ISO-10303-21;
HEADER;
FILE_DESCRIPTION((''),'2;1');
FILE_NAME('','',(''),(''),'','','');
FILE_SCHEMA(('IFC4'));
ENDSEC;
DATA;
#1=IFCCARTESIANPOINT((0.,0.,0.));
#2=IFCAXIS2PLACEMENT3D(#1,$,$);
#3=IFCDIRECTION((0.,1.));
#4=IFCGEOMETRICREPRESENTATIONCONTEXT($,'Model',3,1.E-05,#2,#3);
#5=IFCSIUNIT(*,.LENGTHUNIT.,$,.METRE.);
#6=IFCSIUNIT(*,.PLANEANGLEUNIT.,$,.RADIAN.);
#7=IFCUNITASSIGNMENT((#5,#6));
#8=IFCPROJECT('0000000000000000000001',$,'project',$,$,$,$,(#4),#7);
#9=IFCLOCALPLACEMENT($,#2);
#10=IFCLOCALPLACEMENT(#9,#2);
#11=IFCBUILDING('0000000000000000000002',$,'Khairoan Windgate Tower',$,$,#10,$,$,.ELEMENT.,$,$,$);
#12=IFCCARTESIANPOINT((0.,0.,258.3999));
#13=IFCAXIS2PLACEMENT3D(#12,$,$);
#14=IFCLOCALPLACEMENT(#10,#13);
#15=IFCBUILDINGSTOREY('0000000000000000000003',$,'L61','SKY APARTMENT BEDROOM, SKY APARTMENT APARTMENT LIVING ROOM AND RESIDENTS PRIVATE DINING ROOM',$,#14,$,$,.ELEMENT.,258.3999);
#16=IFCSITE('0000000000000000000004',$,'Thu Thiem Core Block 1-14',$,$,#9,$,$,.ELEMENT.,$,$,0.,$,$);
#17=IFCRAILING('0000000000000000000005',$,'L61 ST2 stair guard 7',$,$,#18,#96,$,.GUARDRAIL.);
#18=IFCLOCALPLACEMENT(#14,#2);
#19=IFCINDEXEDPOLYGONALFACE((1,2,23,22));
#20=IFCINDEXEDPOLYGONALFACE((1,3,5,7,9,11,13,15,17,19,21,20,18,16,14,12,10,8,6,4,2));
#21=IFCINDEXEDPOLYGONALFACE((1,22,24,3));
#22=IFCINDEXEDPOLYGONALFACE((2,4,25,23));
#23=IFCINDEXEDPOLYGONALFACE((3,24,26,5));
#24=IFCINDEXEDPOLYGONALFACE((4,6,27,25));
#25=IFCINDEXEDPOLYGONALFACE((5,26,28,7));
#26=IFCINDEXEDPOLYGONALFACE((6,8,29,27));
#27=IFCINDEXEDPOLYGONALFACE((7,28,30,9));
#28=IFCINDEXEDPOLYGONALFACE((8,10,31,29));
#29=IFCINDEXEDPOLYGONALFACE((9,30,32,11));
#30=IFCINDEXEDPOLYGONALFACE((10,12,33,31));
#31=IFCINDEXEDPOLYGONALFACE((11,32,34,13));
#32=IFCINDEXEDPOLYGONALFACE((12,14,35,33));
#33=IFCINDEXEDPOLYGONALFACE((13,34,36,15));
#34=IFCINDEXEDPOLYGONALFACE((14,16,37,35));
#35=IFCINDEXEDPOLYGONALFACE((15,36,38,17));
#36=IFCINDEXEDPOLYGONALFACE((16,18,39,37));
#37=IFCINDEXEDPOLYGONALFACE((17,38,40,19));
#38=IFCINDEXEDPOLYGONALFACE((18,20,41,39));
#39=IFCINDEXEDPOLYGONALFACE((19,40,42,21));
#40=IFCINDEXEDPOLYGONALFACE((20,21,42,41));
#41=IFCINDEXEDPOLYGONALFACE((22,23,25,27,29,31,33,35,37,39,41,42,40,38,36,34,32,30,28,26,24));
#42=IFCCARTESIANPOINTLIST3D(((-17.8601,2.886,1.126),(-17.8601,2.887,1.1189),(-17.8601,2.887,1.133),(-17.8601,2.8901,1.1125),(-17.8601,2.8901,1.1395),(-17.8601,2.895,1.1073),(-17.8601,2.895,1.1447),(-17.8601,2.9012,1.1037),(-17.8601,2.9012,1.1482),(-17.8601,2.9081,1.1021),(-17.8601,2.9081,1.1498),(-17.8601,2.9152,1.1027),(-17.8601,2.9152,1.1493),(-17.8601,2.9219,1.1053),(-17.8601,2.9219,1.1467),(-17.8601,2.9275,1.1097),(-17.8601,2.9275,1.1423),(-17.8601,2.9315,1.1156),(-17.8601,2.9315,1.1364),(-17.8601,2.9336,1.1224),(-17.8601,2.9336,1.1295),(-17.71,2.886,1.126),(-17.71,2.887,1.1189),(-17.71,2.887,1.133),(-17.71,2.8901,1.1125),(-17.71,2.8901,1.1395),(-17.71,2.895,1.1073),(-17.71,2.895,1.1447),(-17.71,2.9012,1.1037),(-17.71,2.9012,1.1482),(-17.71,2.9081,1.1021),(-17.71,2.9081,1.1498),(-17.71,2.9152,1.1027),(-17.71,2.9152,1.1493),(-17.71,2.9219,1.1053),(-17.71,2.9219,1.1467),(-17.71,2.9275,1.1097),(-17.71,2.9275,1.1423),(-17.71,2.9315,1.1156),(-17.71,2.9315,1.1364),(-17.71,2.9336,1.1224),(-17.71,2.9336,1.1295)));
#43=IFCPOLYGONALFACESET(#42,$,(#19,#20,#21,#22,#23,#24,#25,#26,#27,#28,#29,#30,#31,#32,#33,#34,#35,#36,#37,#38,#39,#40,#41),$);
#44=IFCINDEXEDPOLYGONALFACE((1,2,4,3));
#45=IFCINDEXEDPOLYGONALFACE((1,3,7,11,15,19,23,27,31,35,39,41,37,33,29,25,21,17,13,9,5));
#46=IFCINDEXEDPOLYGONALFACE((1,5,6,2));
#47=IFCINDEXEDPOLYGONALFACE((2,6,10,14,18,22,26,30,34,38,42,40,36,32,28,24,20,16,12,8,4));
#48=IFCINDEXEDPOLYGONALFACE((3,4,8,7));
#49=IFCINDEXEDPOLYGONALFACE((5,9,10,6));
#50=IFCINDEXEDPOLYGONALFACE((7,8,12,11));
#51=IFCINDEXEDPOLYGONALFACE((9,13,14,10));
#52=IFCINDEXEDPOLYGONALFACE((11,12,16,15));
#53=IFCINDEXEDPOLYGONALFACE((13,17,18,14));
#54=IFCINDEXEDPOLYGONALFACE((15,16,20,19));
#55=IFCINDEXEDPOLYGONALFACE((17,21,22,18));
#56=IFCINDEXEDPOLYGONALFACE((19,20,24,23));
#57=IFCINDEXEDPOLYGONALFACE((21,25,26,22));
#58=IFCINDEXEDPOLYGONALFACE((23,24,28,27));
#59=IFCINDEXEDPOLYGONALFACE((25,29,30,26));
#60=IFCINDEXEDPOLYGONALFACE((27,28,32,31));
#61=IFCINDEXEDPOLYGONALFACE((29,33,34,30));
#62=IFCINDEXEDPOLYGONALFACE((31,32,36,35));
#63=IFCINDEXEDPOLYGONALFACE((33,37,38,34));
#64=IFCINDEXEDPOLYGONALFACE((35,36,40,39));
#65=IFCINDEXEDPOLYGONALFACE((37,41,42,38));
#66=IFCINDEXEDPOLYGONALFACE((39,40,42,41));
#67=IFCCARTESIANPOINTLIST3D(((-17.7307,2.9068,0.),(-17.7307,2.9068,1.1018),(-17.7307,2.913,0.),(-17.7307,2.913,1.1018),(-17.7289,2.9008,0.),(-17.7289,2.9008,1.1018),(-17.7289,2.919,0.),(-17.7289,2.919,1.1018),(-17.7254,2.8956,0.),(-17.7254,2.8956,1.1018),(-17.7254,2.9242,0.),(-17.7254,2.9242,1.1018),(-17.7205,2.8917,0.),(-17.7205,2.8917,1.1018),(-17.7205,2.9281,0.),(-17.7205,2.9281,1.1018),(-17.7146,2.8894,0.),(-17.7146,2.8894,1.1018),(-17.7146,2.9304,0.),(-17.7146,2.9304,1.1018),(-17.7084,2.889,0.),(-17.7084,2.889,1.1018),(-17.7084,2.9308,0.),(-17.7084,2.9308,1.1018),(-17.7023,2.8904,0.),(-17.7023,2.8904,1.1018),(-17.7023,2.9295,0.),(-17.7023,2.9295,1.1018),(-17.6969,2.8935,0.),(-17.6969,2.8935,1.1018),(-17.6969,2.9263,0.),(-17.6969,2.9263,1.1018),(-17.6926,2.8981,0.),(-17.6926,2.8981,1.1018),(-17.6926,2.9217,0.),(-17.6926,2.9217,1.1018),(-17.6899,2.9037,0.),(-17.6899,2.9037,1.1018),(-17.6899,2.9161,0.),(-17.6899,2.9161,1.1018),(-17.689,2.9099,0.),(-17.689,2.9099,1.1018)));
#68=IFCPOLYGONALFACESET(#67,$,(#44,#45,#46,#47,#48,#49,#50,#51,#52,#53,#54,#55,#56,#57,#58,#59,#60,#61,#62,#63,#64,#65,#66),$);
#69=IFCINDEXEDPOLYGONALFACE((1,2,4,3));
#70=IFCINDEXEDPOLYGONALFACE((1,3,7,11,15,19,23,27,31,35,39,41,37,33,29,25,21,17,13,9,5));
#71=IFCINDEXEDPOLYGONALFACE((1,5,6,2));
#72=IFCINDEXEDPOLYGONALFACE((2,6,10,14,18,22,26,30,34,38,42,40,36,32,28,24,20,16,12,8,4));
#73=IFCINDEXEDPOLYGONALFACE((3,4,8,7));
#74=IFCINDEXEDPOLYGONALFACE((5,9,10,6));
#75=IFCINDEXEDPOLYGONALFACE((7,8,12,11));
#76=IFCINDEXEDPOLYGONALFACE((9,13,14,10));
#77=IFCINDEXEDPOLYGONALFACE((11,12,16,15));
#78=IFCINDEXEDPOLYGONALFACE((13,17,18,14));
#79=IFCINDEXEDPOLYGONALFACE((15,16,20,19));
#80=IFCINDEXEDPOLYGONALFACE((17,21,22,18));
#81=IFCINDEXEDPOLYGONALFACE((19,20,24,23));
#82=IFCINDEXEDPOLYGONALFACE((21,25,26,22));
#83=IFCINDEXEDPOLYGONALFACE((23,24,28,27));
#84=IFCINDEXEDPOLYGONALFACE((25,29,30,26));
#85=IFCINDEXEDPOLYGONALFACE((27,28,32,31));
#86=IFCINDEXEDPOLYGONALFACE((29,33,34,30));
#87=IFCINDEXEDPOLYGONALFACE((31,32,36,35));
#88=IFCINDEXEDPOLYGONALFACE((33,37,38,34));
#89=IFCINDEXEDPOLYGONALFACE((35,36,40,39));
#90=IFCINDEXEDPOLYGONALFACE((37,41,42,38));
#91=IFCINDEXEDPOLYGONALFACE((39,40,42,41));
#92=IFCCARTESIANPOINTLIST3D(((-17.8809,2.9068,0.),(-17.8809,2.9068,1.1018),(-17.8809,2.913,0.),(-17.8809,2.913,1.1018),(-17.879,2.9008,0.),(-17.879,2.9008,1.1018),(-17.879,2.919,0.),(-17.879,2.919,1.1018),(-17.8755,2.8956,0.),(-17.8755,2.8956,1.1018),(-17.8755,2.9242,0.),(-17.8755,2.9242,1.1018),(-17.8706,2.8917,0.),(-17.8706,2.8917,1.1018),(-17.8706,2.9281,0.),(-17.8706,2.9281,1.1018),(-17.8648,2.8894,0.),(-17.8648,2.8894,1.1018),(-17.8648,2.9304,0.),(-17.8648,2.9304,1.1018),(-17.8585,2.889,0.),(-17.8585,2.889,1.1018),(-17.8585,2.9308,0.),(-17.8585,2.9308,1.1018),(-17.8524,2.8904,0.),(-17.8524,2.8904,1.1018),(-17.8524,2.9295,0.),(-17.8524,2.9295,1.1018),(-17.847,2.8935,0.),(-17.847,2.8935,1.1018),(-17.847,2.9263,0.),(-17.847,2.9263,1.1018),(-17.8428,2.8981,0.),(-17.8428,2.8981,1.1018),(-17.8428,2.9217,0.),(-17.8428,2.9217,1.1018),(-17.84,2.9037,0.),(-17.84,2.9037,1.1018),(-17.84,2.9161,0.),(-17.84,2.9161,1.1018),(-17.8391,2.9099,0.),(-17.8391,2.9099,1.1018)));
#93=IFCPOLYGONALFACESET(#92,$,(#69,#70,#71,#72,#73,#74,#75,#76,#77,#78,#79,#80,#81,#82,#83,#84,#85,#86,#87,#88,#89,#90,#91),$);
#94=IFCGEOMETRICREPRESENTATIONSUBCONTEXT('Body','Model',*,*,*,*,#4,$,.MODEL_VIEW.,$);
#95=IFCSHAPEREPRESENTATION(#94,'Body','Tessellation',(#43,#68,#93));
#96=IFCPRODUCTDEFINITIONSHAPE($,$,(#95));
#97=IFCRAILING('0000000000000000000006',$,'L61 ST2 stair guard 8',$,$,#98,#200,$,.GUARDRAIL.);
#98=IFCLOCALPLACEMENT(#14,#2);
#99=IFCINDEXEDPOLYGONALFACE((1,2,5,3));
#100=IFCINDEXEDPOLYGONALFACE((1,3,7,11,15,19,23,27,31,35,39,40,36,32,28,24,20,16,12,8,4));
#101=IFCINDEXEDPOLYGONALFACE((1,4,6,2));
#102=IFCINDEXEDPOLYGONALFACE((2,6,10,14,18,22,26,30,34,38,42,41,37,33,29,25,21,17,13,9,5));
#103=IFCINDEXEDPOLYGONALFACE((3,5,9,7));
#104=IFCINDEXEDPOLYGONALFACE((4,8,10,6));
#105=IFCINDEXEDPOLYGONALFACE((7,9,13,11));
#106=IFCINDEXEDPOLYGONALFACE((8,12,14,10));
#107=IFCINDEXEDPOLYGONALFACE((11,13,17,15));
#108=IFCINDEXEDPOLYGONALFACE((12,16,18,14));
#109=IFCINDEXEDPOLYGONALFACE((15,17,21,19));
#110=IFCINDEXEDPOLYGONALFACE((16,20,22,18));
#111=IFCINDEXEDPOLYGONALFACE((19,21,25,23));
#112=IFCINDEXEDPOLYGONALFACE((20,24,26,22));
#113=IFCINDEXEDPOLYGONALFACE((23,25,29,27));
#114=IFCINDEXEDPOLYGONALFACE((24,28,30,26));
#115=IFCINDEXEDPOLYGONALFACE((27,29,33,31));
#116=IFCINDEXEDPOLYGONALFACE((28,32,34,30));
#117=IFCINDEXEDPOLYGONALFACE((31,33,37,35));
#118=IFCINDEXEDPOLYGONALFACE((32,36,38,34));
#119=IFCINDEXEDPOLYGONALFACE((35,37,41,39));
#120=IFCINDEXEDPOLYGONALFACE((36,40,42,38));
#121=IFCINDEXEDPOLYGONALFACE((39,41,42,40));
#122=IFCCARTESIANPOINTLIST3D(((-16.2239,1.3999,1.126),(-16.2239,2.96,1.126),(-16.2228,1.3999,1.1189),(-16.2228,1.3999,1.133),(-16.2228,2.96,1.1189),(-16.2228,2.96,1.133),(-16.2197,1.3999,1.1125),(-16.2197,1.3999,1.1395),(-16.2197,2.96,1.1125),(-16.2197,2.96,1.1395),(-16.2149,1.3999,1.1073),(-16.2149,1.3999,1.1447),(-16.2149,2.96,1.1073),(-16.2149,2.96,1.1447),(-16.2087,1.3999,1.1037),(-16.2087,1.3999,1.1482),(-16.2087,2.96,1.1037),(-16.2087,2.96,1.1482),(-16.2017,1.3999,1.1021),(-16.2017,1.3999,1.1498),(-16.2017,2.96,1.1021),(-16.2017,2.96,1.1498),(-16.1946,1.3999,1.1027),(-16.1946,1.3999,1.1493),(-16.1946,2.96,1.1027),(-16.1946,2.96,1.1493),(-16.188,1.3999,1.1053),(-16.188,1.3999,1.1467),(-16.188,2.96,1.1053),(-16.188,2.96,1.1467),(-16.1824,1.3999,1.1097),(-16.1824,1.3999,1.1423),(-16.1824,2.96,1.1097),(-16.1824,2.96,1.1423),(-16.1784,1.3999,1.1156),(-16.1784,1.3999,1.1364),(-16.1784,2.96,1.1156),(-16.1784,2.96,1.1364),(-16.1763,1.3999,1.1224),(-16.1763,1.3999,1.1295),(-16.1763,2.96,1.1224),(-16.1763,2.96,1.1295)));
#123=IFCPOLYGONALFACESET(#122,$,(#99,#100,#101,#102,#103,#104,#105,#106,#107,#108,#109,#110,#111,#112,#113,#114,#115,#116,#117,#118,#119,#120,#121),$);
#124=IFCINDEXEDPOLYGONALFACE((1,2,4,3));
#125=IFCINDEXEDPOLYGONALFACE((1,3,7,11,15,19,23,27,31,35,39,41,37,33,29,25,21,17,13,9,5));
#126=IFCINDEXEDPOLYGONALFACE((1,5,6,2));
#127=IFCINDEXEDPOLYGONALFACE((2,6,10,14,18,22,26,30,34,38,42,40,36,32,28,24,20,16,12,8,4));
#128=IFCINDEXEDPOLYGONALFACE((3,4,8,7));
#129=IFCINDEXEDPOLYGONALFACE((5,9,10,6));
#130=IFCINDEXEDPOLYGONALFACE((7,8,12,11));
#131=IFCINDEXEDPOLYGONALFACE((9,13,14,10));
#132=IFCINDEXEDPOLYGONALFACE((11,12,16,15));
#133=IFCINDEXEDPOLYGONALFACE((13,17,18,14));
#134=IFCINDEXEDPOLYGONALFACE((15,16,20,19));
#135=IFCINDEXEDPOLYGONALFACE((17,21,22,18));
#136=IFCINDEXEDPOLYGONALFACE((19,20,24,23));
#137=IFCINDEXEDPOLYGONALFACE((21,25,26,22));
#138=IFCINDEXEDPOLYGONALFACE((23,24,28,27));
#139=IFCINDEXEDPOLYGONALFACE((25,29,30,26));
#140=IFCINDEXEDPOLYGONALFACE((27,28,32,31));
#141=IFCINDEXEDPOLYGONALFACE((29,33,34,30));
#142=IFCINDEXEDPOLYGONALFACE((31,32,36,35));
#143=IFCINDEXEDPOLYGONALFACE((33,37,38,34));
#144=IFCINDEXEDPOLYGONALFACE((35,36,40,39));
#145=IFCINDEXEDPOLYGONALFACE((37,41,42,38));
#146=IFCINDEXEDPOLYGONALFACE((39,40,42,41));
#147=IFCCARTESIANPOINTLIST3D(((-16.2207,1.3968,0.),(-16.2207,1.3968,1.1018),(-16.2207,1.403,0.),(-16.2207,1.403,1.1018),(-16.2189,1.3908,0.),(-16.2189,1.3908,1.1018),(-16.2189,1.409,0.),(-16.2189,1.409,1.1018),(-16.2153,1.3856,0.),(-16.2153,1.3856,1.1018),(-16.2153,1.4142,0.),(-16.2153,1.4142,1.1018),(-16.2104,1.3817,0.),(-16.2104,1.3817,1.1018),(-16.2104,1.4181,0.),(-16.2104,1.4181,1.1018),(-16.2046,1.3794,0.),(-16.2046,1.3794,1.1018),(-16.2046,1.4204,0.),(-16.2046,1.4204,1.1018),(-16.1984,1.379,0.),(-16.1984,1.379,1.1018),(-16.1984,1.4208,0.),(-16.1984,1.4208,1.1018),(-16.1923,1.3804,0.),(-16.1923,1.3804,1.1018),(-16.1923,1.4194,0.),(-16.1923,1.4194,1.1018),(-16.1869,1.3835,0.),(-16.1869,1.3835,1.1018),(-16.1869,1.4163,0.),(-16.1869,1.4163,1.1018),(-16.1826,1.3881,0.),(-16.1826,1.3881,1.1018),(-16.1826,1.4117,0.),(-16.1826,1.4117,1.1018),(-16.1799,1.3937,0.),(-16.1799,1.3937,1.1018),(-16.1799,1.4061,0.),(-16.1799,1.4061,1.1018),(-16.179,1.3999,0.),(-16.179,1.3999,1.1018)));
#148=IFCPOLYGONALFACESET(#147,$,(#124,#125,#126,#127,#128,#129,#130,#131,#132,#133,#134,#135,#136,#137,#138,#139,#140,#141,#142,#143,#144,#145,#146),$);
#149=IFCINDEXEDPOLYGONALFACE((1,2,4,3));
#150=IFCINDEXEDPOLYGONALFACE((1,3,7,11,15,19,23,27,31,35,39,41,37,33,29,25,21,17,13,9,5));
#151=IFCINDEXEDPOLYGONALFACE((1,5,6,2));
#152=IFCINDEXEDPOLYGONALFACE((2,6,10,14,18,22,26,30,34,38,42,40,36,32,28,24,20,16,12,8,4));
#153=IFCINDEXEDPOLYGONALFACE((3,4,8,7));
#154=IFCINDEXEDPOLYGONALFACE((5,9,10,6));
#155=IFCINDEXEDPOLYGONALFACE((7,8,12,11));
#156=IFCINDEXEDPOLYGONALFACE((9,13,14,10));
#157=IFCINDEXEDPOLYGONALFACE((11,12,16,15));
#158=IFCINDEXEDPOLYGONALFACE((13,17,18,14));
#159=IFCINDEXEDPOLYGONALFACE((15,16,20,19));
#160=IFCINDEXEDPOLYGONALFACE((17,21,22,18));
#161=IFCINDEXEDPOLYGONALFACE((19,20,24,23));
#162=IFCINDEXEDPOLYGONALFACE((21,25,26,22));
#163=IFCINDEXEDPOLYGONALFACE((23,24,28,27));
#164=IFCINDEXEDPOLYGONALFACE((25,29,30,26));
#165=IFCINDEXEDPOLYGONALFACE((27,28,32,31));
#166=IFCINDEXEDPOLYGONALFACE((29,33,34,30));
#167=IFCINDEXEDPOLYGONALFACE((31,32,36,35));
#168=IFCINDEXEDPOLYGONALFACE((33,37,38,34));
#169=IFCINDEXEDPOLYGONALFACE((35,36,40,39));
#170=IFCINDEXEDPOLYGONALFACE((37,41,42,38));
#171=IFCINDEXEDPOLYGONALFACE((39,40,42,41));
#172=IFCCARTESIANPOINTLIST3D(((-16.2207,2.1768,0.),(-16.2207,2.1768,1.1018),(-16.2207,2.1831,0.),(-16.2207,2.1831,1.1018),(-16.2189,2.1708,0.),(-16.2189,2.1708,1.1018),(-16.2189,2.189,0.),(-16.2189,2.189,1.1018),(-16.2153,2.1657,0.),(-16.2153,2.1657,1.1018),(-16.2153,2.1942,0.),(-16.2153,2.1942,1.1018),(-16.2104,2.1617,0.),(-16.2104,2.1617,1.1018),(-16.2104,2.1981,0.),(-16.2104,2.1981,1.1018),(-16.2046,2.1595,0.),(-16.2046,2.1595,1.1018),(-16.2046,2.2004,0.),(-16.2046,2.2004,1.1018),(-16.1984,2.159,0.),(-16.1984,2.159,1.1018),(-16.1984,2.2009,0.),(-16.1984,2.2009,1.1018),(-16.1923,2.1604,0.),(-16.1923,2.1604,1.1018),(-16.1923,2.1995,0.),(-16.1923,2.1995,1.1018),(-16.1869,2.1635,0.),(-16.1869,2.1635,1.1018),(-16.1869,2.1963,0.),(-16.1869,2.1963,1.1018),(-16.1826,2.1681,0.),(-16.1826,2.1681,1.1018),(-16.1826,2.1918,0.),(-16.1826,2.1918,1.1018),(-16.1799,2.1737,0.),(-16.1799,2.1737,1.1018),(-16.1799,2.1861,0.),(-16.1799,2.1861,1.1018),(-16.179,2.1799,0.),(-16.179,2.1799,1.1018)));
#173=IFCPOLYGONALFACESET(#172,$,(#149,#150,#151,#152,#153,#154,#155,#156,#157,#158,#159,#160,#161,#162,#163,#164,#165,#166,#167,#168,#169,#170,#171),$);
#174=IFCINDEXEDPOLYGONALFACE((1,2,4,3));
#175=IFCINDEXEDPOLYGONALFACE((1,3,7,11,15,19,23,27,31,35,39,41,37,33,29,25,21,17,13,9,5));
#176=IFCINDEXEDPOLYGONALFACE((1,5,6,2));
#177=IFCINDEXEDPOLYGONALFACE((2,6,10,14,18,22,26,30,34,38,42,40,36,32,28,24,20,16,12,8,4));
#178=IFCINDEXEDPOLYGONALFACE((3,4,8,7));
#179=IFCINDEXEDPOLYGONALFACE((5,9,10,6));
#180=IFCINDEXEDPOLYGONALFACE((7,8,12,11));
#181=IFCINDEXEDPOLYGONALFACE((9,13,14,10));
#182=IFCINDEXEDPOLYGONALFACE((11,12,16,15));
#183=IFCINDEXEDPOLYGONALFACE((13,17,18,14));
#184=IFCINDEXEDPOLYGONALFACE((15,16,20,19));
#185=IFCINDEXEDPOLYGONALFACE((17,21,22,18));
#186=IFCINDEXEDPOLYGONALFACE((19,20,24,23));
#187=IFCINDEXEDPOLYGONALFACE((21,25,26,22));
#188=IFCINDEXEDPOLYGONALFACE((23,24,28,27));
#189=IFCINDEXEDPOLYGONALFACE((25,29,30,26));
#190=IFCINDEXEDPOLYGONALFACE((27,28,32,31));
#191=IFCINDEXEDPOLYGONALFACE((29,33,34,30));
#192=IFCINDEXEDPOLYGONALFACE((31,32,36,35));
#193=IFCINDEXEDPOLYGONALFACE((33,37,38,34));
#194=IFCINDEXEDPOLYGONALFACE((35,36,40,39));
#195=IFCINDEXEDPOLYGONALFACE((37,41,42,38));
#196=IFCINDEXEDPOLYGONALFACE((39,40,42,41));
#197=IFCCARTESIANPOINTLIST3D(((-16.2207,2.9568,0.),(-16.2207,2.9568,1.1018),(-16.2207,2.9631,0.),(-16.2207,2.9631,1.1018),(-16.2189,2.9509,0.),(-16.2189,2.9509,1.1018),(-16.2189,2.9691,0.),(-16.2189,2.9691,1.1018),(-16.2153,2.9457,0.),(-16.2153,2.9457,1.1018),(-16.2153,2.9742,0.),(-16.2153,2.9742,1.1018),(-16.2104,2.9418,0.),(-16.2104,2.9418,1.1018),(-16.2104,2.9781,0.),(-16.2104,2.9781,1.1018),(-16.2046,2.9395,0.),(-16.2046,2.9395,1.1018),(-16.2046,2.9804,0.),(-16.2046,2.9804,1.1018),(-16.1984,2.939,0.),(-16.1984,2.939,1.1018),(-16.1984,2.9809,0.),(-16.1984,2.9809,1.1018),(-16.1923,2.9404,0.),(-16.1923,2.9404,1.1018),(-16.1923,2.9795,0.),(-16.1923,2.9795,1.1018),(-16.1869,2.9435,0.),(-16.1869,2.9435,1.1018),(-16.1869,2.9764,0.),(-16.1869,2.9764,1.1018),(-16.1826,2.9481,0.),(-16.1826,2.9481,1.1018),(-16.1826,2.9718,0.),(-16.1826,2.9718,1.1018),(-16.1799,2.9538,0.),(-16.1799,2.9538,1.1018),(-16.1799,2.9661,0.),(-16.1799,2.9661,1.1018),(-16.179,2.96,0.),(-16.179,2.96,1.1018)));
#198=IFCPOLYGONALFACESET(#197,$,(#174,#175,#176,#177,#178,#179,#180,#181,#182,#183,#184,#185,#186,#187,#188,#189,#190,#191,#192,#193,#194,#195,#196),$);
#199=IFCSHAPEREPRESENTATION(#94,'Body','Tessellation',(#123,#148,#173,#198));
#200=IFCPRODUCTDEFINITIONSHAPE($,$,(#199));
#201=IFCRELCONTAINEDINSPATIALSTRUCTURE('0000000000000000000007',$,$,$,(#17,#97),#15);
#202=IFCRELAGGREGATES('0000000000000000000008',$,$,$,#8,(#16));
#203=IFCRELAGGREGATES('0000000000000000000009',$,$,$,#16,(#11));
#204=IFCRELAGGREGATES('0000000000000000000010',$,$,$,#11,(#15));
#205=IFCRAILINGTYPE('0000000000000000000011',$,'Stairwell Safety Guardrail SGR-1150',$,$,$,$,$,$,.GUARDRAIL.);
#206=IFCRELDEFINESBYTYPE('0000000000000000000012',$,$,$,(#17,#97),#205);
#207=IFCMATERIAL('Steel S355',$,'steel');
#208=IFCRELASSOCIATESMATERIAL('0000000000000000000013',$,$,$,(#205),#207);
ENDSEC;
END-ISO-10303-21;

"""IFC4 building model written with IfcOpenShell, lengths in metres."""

from ifc_helpers import new_model, si_unit, direction, frame, origin, origin_2d, place, context, subcontext, project, spatial, circle, extrude, material, type_object, element, save


model = new_model("IFC4")

# Units and contexts
model_context = context("Model", 3, precision=1e-05, world=origin(), true_north=direction((0.0, 1.0)))
body_context = subcontext(model_context, "Body", "Model", "MODEL_VIEW")
ifc_project = project(units=[si_unit("LENGTHUNIT", "METRE"), si_unit("PLANEANGLEUNIT", "RADIAN")], contexts=[model_context])

# Site, building, storey
site_placement = place(None, origin())
site = spatial("IfcSite", under=ifc_project, at=site_placement, Name="Thu Thiem Core Block 1-14", CompositionType="ELEMENT", RefElevation=0.0)
building_placement = place(site_placement, origin())
building = spatial("IfcBuilding", under=site, at=building_placement, Name="Khairoan Windgate Tower", CompositionType="ELEMENT")
storey_placement = place(building_placement, frame((0.0, 0.0, 258.3999)))
storey = spatial("IfcBuildingStorey", under=building, at=storey_placement, Name="L61", Description="SKY APARTMENT BEDROOM, SKY APARTMENT APARTMENT LIVING ROOM AND RESIDENTS PRIVATE DINING ROOM", CompositionType="ELEMENT", Elevation=258.3999)

# Railings
ifc_material_1 = material(Name="Steel S355", Category="steel")
railing_type_1 = type_object("IfcRailingType", Name="Stairwell Safety Guardrail SGR-1150", PredefinedType="GUARDRAIL", material=ifc_material_1)
railing_1_placement = place(storey_placement, frame((-17.71, 2.9099, 0.0)))
element("IfcRailing", 1, at=railing_1_placement, inside=storey, type_object=railing_type_1, Name="L61 ST2 stair guard 7", PredefinedType="GUARDRAIL", context=body_context, shape_type="SweptSolid", body=[
    extrude(circle(Radius=0.0239, at=origin_2d()), frame((0.0, 0.0, 1.126), z_axis=(-1.0, 0.0, 0.0), x_axis=(0.0, -1.0, 0.0)), (0.0, 0.0, 1.0), 0.1501),
    extrude(circle(Radius=0.021, at=origin_2d()), origin(), (0.0, 0.0, 1.0), 1.1018),
    extrude(circle(Radius=0.021, at=origin_2d()), frame((-0.1501, 0.0, 0.0)), (0.0, 0.0, 1.0), 1.1018),
])
for number, where, name in (
    (2, (-16.2, 1.3999, 0.0), "L61 ST2 stair guard 8"),
):
    element("IfcRailing", number, at=place(storey_placement, frame(where)), inside=storey, type_object=railing_type_1, Name=name, PredefinedType="GUARDRAIL", context=body_context, shape_type="SweptSolid", body=[
        extrude(circle(Radius=0.0239, at=origin_2d()), frame((0.0, 0.0, 1.126), z_axis=(0.0, 1.0, 0.0), x_axis=(-1.0, 0.0, 0.0)), (0.0, 0.0, 1.0), 1.5601),
        extrude(circle(Radius=0.021, at=origin_2d()), origin(), (0.0, 0.0, 1.0), 1.1018),
        extrude(circle(Radius=0.021, at=origin_2d()), frame((0.0, 0.78, 0.0)), (0.0, 0.0, 1.0), 1.1018),
        extrude(circle(Radius=0.021, at=origin_2d()), frame((0.0, 1.5601, 0.0)), (0.0, 0.0, 1.0), 1.1018),
    ])

save(model, "model.ifc")
